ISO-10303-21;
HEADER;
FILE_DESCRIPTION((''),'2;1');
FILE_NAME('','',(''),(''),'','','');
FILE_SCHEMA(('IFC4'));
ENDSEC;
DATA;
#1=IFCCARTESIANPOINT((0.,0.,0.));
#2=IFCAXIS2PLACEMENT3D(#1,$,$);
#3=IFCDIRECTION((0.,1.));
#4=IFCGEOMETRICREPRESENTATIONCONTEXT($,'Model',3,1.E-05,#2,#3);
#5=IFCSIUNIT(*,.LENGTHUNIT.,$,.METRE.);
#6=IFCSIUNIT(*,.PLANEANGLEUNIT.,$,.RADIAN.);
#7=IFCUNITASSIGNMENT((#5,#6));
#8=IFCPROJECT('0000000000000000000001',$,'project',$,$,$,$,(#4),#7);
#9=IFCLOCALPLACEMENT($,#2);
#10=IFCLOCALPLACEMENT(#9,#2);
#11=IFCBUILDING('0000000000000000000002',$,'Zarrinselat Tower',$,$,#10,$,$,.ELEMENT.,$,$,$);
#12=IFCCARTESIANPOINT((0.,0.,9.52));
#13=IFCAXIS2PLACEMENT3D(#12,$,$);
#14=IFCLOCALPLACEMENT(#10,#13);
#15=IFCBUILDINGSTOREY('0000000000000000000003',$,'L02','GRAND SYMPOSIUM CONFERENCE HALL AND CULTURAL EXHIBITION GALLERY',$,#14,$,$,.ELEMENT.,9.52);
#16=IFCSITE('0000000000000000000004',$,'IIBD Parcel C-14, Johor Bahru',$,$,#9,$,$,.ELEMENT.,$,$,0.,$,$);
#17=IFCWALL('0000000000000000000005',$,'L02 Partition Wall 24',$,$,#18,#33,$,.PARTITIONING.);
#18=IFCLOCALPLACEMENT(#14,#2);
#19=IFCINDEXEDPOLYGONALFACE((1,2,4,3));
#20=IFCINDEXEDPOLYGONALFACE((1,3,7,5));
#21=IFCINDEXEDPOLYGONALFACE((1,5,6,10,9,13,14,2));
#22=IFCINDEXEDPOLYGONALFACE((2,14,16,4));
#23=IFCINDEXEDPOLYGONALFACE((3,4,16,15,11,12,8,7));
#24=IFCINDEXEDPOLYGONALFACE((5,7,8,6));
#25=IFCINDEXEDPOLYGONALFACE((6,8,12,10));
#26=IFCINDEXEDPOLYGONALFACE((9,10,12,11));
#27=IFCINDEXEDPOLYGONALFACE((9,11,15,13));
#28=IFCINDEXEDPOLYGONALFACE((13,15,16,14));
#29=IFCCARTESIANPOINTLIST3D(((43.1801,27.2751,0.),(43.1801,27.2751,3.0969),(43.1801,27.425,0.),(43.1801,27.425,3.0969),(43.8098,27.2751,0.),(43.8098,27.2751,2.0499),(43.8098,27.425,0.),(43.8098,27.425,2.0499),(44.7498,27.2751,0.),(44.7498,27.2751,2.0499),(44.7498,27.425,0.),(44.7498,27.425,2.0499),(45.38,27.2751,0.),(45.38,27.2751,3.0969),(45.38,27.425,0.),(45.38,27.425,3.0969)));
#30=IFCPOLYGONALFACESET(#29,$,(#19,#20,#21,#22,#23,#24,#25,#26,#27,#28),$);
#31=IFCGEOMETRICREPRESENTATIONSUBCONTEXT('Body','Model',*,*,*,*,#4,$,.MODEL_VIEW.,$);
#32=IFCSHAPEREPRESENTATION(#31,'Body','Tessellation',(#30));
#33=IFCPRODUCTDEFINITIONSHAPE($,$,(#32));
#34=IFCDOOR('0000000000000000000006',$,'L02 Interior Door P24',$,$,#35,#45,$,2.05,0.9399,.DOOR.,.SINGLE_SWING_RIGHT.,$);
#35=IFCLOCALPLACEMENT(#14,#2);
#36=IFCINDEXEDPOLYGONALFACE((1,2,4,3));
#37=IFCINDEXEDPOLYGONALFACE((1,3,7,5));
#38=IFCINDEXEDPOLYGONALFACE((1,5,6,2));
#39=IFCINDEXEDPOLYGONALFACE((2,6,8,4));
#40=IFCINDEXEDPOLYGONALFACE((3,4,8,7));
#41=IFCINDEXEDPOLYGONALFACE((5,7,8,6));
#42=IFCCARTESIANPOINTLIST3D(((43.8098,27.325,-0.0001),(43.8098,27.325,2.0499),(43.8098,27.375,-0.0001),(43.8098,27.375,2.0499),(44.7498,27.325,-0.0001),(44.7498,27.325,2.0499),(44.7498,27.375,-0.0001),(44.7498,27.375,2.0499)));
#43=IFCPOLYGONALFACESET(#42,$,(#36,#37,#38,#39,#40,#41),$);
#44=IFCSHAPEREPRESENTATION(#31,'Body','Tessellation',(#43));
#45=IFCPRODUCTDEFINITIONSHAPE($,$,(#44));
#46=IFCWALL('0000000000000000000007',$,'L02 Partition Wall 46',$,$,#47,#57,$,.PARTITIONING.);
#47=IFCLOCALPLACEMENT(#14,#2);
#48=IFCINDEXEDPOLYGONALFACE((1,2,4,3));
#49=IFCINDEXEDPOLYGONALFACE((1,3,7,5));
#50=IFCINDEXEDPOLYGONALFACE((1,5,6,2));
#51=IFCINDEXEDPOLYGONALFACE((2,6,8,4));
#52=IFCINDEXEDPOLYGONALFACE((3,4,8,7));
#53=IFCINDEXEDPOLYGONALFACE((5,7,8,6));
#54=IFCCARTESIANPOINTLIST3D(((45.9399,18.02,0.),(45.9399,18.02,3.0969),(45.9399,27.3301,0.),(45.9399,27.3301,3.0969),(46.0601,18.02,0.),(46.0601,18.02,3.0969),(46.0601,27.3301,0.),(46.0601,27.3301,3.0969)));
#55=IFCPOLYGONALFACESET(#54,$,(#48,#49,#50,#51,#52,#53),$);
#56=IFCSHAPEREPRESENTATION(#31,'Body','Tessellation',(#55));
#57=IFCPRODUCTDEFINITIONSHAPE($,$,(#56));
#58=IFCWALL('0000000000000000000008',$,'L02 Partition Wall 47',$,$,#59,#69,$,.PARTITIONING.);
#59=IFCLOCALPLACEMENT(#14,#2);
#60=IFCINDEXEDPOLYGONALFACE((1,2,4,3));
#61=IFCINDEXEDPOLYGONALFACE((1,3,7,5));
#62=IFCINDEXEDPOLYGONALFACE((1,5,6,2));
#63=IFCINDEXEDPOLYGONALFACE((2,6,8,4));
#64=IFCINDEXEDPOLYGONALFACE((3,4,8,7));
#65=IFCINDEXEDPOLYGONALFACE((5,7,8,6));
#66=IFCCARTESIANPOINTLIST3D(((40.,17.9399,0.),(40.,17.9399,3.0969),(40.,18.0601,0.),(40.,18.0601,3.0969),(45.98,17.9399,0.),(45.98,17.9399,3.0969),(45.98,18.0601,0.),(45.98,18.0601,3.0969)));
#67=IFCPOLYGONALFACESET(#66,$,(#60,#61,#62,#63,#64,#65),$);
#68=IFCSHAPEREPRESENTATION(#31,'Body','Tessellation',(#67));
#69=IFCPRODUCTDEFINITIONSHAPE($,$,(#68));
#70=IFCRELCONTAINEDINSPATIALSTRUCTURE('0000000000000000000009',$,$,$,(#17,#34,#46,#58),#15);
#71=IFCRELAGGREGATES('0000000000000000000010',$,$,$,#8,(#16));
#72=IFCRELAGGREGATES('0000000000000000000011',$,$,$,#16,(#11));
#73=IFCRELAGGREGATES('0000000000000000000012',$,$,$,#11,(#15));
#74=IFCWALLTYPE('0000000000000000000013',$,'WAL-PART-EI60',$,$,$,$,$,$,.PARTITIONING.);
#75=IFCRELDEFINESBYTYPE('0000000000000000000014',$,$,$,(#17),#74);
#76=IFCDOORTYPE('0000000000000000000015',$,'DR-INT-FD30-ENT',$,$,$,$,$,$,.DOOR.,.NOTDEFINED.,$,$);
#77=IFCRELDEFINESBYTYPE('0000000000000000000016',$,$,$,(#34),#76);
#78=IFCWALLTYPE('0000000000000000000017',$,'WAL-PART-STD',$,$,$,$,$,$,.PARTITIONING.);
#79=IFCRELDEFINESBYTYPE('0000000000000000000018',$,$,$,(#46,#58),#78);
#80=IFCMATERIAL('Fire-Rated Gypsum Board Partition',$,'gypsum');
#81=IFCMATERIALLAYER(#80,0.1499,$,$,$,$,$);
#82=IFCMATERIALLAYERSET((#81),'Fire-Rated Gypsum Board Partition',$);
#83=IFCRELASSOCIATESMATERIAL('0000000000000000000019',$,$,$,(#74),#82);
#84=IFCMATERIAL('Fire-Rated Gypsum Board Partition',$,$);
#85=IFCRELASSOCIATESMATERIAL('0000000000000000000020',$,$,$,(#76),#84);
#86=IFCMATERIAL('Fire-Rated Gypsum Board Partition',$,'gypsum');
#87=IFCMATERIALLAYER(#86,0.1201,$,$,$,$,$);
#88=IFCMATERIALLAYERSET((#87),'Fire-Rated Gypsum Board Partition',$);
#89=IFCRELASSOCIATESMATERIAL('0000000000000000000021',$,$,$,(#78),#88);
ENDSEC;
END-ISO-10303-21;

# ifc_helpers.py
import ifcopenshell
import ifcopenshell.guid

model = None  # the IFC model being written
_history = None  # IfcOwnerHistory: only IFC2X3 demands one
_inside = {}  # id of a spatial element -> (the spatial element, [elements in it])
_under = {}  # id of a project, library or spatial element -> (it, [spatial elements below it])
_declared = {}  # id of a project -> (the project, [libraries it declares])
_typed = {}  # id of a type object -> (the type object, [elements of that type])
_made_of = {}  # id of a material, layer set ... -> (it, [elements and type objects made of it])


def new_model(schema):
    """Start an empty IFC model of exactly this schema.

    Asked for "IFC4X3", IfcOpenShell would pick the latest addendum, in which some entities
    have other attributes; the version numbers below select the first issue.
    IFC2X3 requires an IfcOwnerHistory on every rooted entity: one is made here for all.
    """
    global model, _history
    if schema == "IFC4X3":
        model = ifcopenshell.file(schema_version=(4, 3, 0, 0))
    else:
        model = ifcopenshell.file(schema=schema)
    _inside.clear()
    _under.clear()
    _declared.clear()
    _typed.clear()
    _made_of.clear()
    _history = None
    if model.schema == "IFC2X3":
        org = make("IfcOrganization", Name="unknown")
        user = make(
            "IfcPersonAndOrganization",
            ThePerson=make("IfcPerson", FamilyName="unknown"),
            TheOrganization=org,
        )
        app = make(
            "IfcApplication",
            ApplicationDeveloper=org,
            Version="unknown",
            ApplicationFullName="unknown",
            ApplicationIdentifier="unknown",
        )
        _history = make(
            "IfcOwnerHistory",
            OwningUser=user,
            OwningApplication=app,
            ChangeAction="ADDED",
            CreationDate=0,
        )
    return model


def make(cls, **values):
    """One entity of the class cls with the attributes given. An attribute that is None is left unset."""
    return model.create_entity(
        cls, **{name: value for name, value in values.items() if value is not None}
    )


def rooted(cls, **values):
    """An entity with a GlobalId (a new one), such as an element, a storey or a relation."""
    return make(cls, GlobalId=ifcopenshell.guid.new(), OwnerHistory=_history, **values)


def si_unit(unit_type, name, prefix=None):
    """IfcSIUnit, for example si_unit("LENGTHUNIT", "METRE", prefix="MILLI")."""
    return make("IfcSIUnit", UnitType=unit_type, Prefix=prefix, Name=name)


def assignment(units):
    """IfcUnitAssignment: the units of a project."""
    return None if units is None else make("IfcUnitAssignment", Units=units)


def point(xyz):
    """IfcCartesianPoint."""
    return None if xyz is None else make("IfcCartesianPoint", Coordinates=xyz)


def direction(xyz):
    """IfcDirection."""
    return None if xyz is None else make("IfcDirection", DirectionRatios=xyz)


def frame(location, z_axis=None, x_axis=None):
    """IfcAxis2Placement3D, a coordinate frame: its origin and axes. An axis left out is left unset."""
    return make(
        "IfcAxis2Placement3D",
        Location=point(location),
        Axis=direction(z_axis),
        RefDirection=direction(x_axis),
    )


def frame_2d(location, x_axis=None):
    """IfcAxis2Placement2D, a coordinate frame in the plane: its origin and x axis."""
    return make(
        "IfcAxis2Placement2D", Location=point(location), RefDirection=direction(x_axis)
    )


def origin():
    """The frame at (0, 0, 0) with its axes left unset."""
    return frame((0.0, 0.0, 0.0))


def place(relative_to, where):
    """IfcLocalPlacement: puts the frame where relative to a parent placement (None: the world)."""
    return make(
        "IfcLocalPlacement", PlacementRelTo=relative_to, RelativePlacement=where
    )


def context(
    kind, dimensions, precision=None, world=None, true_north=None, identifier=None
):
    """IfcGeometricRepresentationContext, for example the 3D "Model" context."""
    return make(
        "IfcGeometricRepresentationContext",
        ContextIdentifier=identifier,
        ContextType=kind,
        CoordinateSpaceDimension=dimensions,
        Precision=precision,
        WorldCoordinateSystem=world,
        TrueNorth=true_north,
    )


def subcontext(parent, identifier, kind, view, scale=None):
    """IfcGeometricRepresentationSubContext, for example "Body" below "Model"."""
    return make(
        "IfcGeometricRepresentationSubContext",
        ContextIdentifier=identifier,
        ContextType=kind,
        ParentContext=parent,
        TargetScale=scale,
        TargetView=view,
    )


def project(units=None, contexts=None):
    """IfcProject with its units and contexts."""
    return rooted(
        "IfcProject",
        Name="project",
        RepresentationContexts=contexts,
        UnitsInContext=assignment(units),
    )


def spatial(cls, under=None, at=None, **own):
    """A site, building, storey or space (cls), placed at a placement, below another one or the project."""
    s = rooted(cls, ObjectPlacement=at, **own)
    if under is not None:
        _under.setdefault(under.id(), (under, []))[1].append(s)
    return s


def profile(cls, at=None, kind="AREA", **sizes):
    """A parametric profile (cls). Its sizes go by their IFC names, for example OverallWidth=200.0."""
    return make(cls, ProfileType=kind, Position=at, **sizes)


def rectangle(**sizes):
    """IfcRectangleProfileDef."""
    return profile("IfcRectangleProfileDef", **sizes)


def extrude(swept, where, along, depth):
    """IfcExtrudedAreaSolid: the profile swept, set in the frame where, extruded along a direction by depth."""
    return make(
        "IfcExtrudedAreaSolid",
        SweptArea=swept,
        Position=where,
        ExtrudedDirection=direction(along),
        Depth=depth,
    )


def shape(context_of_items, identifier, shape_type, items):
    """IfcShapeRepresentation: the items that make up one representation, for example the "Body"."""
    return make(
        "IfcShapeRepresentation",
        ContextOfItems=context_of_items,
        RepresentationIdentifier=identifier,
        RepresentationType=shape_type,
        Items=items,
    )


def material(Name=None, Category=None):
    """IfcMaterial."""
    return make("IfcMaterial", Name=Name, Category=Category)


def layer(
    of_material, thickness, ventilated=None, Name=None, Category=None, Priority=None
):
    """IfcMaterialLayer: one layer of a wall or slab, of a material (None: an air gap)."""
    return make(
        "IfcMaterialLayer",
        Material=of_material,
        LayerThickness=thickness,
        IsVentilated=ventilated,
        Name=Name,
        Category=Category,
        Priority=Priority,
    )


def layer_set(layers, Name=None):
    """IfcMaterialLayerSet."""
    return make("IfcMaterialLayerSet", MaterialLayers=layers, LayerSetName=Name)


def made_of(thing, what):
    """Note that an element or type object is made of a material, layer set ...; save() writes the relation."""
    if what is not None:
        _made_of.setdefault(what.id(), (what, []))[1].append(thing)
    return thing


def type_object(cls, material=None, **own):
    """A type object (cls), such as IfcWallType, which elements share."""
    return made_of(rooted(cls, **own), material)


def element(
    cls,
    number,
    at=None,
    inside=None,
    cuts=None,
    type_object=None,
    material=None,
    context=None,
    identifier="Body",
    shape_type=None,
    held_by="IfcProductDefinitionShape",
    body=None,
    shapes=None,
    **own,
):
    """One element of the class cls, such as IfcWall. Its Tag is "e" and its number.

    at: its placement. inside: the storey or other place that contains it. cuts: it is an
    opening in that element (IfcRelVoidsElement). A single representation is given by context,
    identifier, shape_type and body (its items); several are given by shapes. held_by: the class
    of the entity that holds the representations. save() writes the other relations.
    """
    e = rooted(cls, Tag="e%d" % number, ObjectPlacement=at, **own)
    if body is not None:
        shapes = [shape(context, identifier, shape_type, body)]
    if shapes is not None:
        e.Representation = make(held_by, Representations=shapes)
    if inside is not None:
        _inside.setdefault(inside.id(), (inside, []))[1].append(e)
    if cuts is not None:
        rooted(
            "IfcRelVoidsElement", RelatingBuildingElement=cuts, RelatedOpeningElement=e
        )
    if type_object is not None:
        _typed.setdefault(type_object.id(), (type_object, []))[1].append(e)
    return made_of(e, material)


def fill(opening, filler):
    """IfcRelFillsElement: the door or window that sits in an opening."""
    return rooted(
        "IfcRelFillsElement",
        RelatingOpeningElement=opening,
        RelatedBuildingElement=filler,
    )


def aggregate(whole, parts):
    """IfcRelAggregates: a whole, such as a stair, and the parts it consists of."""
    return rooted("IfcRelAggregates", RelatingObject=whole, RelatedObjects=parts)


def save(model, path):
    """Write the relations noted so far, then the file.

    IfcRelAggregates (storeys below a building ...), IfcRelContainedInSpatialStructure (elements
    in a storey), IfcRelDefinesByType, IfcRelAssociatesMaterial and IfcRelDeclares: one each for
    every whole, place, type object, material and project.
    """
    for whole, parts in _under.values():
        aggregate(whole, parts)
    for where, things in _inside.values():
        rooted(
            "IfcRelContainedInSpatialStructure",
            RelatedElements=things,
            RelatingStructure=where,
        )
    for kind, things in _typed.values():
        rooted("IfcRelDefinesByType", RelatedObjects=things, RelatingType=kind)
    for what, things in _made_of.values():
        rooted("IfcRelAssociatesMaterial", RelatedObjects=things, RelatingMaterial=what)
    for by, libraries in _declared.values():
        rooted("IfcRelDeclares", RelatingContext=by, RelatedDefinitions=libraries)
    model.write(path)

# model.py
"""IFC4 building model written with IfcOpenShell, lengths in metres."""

from ifc_helpers import new_model, si_unit, direction, frame, frame_2d, origin, place, context, subcontext, project, spatial, rectangle, extrude, material, layer, layer_set, type_object, element, fill, save


model = new_model("IFC4")

# Units and contexts
model_context = context("Model", 3, precision=1e-05, world=origin(), true_north=direction((0.0, 1.0)))
body_context = subcontext(model_context, "Body", "Model", "MODEL_VIEW")
ifc_project = project(units=[si_unit("LENGTHUNIT", "METRE"), si_unit("PLANEANGLEUNIT", "RADIAN")], contexts=[model_context])

# Site, building, storey
site_placement = place(None, origin())
site = spatial("IfcSite", under=ifc_project, at=site_placement, Name="IIBD Parcel C-14, Johor Bahru", CompositionType="ELEMENT", RefElevation=0.0)
building_placement = place(site_placement, origin())
building = spatial("IfcBuilding", under=site, at=building_placement, Name="Zarrinselat Tower", CompositionType="ELEMENT")
storey_placement = place(building_placement, frame((0.0, 0.0, 9.52)))
storey = spatial("IfcBuildingStorey", under=building, at=storey_placement, Name="L02", Description="GRAND SYMPOSIUM CONFERENCE HALL AND CULTURAL EXHIBITION GALLERY", CompositionType="ELEMENT", Elevation=9.52)

# Wall, opening, door
ifc_material_1 = material(Name="Fire-Rated Gypsum Board Partition", Category="gypsum")
ifc_layer_1 = layer(ifc_material_1, 0.1499)
ifc_layer_set_1 = layer_set([ifc_layer_1], Name="Fire-Rated Gypsum Board Partition")
wall_type_1 = type_object("IfcWallType", Name="WAL-PART-EI60", PredefinedType="PARTITIONING", material=ifc_layer_set_1)
wall_1_placement = place(storey_placement, frame((43.1799, 27.3501, 0.0), z_axis=(0.0, 0.0, 1.0), x_axis=(1.0, 0.0, 0.0)))
wall_1 = element("IfcWall", 1, at=wall_1_placement, inside=storey, type_object=wall_type_1, Name="L02 Partition Wall 24", PredefinedType="PARTITIONING", context=body_context, shape_type="SweptSolid", body=[
    extrude(rectangle(XDim=2.2, YDim=0.1499, at=frame_2d((1.1001, 0.0))), origin(), (0.0, 0.0, 1.0), 3.0969),
])
opening_placement = place(wall_1_placement, frame((0.6299, 0.0, 0.0)))
opening = element("IfcOpeningElement", 2, at=opening_placement, cuts=wall_1, PredefinedType="OPENING", context=body_context, shape_type="SweptSolid", body=[
    extrude(rectangle(XDim=0.9399, YDim=2.05, at=frame_2d((0.47, 1.0249))), frame((0.0, 0.085, 0.0), z_axis=(0.0, -1.0, 0.0), x_axis=(1.0, 0.0, 0.0)), (0.0, 0.0, 1.0), 0.1699),
])
ifc_material_2 = material(Name="Fire-Rated Gypsum Board Partition")
door_type = type_object("IfcDoorType", Name="DR-INT-FD30-ENT", OperationType="NOTDEFINED", PredefinedType="DOOR", material=ifc_material_2)
door_placement = place(opening_placement, origin())
door = element("IfcDoor", 3, at=door_placement, inside=storey, type_object=door_type, Name="L02 Interior Door P24", OperationType="SINGLE_SWING_RIGHT", OverallHeight=2.05, OverallWidth=0.9399, PredefinedType="DOOR", context=body_context, shape_type="SweptSolid", body=[
    extrude(rectangle(XDim=0.9399, YDim=2.05, at=frame_2d((0.47, 1.0249))), frame((0.0, 0.0249, 0.0), z_axis=(0.0, -1.0, 0.0), x_axis=(1.0, 0.0, 0.0)), (0.0, 0.0, 1.0), 0.05),
])
fill(opening, door)

# Walls
ifc_material_3 = material(Name="Fire-Rated Gypsum Board Partition", Category="gypsum")
ifc_layer_2 = layer(ifc_material_3, 0.1201)
ifc_layer_set_2 = layer_set([ifc_layer_2], Name="Fire-Rated Gypsum Board Partition")
wall_type_2 = type_object("IfcWallType", Name="WAL-PART-STD", PredefinedType="PARTITIONING", material=ifc_layer_set_2)
wall_2_placement = place(storey_placement, frame((46.0, 18.02, 0.0), z_axis=(0.0, 0.0, 1.0), x_axis=(0.0, 1.0, 0.0)))
element("IfcWall", 4, at=wall_2_placement, inside=storey, type_object=wall_type_2, Name="L02 Partition Wall 46", PredefinedType="PARTITIONING", context=body_context, shape_type="SweptSolid", body=[
    extrude(rectangle(XDim=9.3101, YDim=0.1201, at=frame_2d((4.655, 0.0))), origin(), (0.0, 0.0, 1.0), 3.0969),
])
wall_3_placement = place(storey_placement, frame((40.0, 18.0, 0.0), z_axis=(0.0, 0.0, 1.0), x_axis=(1.0, 0.0, 0.0)))
element("IfcWall", 5, at=wall_3_placement, inside=storey, type_object=wall_type_2, Name="L02 Partition Wall 47", PredefinedType="PARTITIONING", context=body_context, shape_type="SweptSolid", body=[
    extrude(rectangle(XDim=5.98, YDim=0.1201, at=frame_2d((2.99, 0.0))), origin(), (0.0, 0.0, 1.0), 3.0969),
])

save(model, "model.ifc")
